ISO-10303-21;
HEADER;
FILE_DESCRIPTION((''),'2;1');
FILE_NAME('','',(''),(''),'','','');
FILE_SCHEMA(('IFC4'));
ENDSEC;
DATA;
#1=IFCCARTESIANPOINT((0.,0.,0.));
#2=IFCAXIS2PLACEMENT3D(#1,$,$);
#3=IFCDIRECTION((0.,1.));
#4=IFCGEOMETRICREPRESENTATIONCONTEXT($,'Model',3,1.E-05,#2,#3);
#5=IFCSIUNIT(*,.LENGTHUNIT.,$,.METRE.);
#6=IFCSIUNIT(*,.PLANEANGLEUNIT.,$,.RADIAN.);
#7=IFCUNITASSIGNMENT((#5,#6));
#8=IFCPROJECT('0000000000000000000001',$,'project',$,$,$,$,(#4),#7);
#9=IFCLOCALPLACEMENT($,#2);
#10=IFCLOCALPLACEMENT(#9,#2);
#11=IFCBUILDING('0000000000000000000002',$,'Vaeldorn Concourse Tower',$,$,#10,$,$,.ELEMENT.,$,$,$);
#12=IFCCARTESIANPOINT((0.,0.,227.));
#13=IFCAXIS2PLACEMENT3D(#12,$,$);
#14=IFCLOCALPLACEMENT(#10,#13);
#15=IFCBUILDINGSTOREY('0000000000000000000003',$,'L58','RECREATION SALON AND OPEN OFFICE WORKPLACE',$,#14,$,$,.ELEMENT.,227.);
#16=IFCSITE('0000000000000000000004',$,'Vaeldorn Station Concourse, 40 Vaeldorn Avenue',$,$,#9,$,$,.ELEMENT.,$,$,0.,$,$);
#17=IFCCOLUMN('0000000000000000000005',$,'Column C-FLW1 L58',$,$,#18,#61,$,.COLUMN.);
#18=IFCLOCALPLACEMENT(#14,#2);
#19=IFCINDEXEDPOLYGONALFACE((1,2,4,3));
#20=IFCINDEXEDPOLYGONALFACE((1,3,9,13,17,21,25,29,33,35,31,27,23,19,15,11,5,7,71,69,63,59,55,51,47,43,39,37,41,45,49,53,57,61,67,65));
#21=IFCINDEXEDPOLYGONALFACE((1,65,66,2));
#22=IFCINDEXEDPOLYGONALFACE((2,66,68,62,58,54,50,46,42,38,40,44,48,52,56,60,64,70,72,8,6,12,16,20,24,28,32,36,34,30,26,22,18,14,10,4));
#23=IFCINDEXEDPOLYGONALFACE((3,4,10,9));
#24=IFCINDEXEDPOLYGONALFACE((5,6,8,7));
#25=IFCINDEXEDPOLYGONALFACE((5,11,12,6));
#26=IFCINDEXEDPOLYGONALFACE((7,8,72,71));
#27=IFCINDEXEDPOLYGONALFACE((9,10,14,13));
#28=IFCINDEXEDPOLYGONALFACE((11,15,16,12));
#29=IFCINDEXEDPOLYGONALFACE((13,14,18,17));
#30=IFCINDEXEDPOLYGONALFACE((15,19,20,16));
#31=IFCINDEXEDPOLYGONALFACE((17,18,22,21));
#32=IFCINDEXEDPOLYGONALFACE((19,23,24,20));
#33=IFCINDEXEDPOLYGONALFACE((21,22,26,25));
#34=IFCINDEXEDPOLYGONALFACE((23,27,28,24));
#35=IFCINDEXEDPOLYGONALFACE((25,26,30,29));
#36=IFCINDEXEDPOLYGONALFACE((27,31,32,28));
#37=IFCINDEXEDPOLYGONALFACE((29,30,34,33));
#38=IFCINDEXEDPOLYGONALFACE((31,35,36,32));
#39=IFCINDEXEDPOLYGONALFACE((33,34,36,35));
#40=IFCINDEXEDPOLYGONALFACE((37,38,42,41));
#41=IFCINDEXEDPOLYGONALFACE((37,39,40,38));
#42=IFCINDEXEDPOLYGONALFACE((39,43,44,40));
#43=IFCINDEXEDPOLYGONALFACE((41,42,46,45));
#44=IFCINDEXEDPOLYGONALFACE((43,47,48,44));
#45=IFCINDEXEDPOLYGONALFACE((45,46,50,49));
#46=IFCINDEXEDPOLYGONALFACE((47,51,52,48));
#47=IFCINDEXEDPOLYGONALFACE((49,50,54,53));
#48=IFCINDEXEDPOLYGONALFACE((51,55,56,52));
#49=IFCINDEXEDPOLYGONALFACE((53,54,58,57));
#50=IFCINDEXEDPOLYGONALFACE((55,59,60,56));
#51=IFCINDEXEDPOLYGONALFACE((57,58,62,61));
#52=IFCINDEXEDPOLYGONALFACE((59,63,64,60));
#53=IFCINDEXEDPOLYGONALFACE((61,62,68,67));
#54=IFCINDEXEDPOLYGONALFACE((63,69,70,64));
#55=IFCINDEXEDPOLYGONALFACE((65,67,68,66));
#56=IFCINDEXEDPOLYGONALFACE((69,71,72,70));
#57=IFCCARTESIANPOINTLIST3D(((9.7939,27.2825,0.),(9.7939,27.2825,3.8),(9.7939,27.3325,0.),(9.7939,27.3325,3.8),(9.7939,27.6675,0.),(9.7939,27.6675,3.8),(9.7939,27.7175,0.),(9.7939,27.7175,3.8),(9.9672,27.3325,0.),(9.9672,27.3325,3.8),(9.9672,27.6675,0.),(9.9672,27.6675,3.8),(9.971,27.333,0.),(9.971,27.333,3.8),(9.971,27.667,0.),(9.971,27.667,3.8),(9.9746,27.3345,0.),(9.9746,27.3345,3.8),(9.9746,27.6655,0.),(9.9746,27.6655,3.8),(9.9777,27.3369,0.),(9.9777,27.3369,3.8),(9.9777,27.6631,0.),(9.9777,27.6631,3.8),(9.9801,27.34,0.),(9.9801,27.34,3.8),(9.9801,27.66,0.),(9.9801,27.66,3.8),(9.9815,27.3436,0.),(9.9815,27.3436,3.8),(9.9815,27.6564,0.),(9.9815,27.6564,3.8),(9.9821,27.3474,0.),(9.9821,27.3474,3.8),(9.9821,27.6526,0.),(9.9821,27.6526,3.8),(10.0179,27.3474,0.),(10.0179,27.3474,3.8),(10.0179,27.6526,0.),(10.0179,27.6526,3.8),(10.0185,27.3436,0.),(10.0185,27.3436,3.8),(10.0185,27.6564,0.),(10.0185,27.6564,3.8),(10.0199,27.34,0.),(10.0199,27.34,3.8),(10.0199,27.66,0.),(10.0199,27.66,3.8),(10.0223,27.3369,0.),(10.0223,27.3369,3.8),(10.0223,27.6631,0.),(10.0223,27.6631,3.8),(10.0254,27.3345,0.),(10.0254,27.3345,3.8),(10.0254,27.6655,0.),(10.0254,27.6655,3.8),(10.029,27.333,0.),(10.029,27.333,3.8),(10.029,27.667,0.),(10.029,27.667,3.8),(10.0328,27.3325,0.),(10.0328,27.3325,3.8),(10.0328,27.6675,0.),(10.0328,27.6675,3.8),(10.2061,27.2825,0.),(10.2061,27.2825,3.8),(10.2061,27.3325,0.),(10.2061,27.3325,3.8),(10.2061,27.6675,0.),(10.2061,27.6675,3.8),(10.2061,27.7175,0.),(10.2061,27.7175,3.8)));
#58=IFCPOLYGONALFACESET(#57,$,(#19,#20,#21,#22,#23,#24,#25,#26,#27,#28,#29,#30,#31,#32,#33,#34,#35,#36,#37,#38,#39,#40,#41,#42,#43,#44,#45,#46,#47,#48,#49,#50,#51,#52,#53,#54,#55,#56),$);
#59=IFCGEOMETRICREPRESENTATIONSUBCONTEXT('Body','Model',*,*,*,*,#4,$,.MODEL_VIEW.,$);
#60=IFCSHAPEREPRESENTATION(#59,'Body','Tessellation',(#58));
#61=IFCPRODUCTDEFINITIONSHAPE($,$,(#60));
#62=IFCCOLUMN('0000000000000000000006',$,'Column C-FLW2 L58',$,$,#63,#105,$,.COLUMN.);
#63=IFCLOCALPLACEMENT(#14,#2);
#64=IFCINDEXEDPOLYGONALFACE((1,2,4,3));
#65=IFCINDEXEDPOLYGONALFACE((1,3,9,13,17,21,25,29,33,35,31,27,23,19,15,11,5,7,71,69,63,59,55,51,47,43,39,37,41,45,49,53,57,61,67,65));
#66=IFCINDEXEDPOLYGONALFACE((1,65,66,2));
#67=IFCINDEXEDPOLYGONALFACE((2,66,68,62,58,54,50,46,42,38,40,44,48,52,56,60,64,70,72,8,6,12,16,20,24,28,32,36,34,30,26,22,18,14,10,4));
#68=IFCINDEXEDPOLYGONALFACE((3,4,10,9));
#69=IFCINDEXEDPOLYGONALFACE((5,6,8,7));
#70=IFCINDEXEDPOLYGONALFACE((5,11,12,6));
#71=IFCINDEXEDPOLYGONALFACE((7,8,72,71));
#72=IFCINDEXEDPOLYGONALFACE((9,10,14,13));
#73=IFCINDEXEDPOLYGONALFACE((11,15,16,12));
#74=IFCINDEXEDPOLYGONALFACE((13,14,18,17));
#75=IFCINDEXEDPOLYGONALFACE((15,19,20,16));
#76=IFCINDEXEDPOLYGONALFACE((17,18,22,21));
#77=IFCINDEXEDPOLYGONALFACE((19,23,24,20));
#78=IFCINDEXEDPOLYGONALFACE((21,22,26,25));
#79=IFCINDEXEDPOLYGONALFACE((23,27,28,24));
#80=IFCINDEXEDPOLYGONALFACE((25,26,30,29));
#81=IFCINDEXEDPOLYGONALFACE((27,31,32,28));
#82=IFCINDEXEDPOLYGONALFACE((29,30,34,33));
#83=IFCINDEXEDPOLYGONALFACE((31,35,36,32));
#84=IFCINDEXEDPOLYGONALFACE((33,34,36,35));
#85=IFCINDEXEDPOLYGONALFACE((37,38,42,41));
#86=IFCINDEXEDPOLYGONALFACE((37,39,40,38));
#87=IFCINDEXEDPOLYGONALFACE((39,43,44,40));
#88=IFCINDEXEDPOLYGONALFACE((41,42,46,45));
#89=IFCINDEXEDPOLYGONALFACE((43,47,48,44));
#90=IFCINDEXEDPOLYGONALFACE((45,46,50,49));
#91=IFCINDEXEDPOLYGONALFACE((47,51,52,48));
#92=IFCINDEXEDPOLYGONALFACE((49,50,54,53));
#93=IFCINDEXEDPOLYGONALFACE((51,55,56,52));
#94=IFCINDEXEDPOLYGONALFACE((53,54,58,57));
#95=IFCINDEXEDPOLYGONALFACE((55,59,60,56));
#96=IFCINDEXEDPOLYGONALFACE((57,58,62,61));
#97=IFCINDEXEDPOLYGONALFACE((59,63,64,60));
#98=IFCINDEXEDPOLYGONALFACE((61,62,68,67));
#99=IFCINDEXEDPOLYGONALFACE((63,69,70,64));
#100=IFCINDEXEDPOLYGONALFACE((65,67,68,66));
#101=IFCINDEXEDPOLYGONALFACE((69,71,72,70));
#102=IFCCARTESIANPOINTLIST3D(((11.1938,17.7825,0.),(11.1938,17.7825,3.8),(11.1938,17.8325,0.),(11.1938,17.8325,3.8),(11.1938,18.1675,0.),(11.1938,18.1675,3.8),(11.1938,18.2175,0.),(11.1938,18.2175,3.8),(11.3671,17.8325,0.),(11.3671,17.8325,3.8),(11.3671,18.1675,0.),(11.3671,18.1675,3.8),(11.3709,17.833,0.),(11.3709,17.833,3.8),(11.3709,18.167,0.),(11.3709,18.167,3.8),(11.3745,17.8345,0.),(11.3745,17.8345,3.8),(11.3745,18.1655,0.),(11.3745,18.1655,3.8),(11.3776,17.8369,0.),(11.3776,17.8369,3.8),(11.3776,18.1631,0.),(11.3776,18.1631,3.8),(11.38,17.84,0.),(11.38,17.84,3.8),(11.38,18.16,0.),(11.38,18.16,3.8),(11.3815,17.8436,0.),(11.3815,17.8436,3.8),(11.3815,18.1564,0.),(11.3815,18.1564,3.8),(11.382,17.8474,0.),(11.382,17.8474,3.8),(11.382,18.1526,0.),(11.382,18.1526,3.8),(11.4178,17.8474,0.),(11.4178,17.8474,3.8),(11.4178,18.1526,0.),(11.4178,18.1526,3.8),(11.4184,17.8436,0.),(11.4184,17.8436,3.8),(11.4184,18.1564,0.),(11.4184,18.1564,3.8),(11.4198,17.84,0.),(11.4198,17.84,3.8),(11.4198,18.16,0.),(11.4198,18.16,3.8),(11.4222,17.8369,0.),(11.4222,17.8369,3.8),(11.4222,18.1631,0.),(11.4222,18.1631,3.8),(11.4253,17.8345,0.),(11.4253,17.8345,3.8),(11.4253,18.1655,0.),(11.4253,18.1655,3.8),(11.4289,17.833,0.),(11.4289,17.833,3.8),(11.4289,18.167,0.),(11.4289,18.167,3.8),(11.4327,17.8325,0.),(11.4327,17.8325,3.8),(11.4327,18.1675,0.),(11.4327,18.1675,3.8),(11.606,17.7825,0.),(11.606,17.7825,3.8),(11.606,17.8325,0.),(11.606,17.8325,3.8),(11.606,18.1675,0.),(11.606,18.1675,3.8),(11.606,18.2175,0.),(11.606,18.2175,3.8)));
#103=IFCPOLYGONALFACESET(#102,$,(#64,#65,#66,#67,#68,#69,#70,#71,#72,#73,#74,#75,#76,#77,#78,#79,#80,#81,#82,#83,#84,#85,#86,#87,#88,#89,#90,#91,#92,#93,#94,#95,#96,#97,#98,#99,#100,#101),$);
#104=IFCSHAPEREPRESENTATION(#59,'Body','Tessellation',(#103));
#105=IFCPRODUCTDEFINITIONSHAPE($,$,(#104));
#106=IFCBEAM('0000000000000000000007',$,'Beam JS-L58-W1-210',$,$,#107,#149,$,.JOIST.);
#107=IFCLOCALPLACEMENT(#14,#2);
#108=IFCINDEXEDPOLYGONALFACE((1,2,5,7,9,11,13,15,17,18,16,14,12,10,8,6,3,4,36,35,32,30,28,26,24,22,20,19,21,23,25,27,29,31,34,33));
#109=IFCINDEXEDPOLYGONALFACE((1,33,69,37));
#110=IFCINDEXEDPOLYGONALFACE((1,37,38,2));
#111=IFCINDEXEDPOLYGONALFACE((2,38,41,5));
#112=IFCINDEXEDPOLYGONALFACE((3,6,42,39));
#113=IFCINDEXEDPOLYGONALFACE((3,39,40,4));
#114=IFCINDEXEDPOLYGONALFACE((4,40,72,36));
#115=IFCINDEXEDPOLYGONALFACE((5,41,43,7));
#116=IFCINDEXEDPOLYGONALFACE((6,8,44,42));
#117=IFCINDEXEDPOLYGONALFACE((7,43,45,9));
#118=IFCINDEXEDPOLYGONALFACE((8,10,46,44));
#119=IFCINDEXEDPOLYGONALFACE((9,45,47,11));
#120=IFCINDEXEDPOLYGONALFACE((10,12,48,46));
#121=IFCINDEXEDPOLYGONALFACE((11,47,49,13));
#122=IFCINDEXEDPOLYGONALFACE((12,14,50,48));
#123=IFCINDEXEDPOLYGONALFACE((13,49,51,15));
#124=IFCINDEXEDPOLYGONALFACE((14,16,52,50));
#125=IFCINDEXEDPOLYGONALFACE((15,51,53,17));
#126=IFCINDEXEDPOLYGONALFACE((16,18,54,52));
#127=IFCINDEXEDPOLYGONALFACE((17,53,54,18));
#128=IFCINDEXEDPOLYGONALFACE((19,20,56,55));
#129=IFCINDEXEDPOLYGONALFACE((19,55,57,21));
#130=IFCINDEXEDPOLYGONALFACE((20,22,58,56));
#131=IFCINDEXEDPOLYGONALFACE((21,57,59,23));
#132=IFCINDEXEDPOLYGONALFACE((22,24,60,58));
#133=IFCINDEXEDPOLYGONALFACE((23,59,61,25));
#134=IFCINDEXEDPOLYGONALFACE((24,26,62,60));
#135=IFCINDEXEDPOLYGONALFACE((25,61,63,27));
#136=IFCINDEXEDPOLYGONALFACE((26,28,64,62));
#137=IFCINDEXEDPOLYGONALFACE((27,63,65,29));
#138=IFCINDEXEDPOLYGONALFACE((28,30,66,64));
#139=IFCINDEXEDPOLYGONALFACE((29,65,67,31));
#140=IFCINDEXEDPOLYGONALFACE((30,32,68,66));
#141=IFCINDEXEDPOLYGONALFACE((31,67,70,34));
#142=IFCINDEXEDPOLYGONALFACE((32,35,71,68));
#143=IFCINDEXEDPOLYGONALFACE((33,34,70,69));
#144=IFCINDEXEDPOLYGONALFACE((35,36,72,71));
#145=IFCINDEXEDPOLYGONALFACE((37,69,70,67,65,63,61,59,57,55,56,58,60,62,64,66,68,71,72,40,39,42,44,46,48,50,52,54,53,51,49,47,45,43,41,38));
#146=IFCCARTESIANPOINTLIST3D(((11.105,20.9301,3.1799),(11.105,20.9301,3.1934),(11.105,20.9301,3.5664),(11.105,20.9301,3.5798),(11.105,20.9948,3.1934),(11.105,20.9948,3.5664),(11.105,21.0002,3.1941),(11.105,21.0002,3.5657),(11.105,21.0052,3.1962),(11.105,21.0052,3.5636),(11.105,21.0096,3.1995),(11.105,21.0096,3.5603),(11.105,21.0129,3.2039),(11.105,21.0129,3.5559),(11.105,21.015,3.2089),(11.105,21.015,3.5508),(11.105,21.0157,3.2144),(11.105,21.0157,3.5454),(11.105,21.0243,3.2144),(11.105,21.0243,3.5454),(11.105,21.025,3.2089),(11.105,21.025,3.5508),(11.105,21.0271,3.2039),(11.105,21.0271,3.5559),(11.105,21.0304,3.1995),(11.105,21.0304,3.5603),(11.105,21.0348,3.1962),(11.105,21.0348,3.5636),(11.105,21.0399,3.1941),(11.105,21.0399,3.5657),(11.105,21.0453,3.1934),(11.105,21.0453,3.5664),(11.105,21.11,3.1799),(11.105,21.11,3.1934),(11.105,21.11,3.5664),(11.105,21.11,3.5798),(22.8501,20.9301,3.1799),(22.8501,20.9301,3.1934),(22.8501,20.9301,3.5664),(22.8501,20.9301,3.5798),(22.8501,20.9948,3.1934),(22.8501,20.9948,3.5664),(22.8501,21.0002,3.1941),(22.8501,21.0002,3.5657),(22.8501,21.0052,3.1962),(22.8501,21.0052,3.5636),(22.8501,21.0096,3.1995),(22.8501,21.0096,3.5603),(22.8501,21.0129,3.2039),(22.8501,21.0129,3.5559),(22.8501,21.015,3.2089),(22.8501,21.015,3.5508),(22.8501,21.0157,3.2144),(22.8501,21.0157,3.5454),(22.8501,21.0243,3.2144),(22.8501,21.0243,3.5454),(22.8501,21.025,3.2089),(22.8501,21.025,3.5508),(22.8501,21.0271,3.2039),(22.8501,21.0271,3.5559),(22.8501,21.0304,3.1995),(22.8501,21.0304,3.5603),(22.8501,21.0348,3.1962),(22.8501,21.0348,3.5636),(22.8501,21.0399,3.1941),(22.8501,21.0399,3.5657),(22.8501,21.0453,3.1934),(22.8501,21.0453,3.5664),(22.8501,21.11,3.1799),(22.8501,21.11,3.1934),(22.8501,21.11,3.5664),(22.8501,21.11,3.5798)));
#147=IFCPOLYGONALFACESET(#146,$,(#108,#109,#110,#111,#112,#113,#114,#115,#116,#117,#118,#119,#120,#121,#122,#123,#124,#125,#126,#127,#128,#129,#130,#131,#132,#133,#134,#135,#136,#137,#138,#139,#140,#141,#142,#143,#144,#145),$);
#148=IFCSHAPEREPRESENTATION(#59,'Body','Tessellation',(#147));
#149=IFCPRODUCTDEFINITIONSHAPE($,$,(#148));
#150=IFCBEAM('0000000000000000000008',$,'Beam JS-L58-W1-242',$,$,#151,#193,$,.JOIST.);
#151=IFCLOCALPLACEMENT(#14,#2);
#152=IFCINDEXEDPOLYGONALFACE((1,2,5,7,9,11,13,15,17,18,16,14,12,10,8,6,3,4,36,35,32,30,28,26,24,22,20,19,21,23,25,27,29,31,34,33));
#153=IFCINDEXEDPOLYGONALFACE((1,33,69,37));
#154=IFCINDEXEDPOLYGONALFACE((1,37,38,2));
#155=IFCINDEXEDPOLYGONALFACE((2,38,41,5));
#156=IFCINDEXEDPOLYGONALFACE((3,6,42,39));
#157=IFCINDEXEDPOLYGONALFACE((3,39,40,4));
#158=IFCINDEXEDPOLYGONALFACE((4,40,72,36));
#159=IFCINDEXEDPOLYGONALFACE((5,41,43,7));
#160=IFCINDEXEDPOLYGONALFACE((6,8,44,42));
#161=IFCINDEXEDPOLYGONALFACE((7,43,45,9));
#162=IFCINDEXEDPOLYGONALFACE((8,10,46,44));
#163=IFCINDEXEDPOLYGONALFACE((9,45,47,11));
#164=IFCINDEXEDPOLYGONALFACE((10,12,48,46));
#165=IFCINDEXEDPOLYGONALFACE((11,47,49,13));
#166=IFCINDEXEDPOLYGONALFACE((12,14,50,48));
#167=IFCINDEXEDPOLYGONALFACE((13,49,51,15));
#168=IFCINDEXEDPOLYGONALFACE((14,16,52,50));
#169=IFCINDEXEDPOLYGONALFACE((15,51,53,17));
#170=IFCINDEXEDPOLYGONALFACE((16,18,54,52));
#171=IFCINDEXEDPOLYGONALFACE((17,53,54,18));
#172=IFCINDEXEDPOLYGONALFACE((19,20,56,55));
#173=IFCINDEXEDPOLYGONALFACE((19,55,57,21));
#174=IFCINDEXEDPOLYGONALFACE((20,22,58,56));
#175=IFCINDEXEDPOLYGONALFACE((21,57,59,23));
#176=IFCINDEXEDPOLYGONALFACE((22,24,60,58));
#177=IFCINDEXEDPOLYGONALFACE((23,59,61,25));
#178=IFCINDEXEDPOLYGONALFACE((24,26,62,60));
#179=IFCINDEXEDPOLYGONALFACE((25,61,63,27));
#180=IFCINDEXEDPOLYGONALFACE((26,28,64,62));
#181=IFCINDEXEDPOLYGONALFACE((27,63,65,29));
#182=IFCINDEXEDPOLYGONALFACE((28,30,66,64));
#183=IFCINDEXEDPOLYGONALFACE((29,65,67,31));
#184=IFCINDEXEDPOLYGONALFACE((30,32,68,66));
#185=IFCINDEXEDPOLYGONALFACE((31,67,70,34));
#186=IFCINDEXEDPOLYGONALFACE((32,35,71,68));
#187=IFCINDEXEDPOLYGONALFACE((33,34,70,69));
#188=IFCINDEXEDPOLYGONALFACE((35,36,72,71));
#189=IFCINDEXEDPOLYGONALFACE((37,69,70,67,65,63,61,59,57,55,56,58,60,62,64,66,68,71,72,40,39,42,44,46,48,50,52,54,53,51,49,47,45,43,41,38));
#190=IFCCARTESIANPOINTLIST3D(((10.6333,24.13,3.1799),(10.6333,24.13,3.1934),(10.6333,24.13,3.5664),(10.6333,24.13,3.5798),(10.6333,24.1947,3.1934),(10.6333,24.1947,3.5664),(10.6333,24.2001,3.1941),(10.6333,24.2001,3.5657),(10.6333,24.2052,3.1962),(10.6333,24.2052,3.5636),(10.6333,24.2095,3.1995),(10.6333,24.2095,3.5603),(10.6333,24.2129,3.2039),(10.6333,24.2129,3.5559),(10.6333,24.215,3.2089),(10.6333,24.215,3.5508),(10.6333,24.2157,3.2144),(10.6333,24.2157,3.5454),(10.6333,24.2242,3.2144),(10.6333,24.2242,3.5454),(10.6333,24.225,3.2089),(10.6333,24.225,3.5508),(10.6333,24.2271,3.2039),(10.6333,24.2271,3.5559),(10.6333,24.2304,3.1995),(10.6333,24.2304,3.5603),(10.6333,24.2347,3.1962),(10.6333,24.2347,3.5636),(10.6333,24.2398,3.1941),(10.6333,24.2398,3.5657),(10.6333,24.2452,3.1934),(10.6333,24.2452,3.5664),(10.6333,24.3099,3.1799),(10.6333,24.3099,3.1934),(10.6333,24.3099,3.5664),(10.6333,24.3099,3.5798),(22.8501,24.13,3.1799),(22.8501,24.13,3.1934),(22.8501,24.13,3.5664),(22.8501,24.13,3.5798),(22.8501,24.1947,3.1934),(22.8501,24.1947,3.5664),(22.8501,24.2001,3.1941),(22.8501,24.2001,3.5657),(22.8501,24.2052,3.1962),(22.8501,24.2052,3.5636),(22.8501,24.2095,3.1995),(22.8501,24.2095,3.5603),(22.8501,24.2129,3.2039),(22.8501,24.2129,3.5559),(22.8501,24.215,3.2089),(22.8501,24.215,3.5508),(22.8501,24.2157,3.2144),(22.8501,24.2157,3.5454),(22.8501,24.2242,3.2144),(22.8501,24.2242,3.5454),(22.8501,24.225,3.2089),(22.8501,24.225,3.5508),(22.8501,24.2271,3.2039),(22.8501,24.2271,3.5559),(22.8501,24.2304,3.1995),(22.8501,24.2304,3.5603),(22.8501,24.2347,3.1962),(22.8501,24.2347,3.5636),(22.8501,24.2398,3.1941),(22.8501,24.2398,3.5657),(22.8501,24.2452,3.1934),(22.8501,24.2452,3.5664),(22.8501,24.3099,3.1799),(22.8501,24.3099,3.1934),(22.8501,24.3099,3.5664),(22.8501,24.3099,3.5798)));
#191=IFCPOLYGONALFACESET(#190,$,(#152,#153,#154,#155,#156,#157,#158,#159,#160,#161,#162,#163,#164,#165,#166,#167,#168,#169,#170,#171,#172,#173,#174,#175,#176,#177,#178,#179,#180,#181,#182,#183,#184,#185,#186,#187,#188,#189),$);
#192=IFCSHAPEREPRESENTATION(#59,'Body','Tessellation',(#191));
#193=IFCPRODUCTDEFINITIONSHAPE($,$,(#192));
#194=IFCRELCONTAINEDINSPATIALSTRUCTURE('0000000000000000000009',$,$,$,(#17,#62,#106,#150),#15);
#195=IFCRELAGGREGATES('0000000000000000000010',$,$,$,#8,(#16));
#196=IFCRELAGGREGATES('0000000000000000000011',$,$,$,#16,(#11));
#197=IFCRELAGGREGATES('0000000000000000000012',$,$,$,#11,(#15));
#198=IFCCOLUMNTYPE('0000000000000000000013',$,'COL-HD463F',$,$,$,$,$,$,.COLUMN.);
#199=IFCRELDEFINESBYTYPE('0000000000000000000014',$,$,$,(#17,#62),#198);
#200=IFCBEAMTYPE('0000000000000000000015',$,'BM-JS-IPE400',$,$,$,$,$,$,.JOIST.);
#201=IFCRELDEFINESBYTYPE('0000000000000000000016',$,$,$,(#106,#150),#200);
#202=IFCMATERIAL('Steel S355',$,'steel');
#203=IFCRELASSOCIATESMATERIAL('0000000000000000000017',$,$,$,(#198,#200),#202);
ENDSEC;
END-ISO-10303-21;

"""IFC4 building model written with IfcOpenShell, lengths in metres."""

from ifc_helpers import new_model, si_unit, direction, frame, origin, origin_2d, place, context, subcontext, project, spatial, i_section, extrude, source, transform, mapped, material, material_profile, profile_set, type_object, element, save


model = new_model("IFC4")

# Units and contexts
model_context = context("Model", 3, precision=1e-05, world=origin(), true_north=direction((0.0, 1.0)))
body_context = subcontext(model_context, "Body", "Model", "MODEL_VIEW")
ifc_project = project(units=[si_unit("LENGTHUNIT", "METRE"), si_unit("PLANEANGLEUNIT", "RADIAN")], contexts=[model_context])

# Site, building, storey
site_placement = place(None, origin())
site = spatial("IfcSite", under=ifc_project, at=site_placement, Name="Vaeldorn Station Concourse, 40 Vaeldorn Avenue", CompositionType="ELEMENT", RefElevation=0.0)
building_placement = place(site_placement, origin())
building = spatial("IfcBuilding", under=site, at=building_placement, Name="Vaeldorn Concourse Tower", CompositionType="ELEMENT")
storey_placement = place(building_placement, frame((0.0, 0.0, 227.0)))
storey = spatial("IfcBuildingStorey", under=building, at=storey_placement, Name="L58", Description="RECREATION SALON AND OPEN OFFICE WORKPLACE", CompositionType="ELEMENT", Elevation=227.0)

# Columns
ifc_material_1 = material(Name="Steel S355", Category="steel")
ifc_material_profile_1 = material_profile(ifc_material_1, i_section(OverallWidth=0.4121, OverallDepth=0.4351, WebThickness=0.0359, FlangeThickness=0.05, FilletRadius=0.0149, at=origin_2d()), Name="HD 400x463")
ifc_profile_set_1 = profile_set([ifc_material_profile_1], Name="Steel S355")
column_type = type_object("IfcColumnType", Name="COL-HD463F", PredefinedType="COLUMN", material=ifc_profile_set_1)
shared_shape_1 = source(origin(), body_context, "Body", "SweptSolid", [
    extrude(i_section(OverallWidth=0.4121, OverallDepth=0.4351, WebThickness=0.0359, FlangeThickness=0.05, FilletRadius=0.0149, at=origin_2d()), origin(), (0.0, 0.0, 1.0), 3.8),
])
for number, where, z_axis, x_axis, name in (
    (1, (10.0, 27.5, 0.0), (0.0, 0.0, 1.0), (1.0, 0.0, 0.0), "Column C-FLW1 L58"),
    (2, (11.3999, 18.0, 0.0), (0.0, 0.0, 1.0), (1.0, 0.0, 0.0), "Column C-FLW2 L58"),
):
    element("IfcColumn", number, at=place(storey_placement, frame(where, z_axis=z_axis, x_axis=x_axis)), inside=storey, type_object=column_type, Name=name, PredefinedType="COLUMN", context=body_context, shape_type="MappedRepresentation", body=[
        mapped(shared_shape_1, transform((0.0, 0.0, 0.0), scale=1.0)),
    ])

# Beams
ifc_material_profile_2 = material_profile(ifc_material_1, i_section(OverallWidth=0.1799, OverallDepth=0.3999, WebThickness=0.0085, FlangeThickness=0.0134, FilletRadius=0.021, at=origin_2d()), Name="IPE 400")
ifc_profile_set_2 = profile_set([ifc_material_profile_2], Name="Steel S355")
beam_type_1 = type_object("IfcBeamType", Name="BM-JS-IPE400", PredefinedType="JOIST", material=ifc_profile_set_2)
shared_shape_2 = source(origin(), body_context, "Body", "SweptSolid", [
    extrude(i_section(OverallWidth=0.1799, OverallDepth=0.3999, WebThickness=0.0085, FlangeThickness=0.0134, FilletRadius=0.021, at=origin_2d()), origin(), (0.0, 0.0, 1.0), 11.7451),
])
beam_1_placement = place(storey_placement, frame((11.105, 21.02, 3.3799), z_axis=(1.0, 0.0, 0.0), x_axis=(0.0, 1.0, 0.0)))
element("IfcBeam", 3, at=beam_1_placement, inside=storey, type_object=beam_type_1, Name="Beam JS-L58-W1-210", PredefinedType="JOIST", context=body_context, shape_type="MappedRepresentation", body=[
    mapped(shared_shape_2, transform((0.0, 0.0, 0.0), scale=1.0)),
])
shared_shape_3 = source(origin(), body_context, "Body", "SweptSolid", [
    extrude(i_section(OverallWidth=0.1799, OverallDepth=0.3999, WebThickness=0.0085, FlangeThickness=0.0134, FilletRadius=0.021, at=origin_2d()), origin(), (0.0, 0.0, 1.0), 12.2168),
])
beam_2_placement = place(storey_placement, frame((10.6333, 24.22, 3.3799), z_axis=(1.0, 0.0, 0.0), x_axis=(0.0, 1.0, 0.0)))
element("IfcBeam", 4, at=beam_2_placement, inside=storey, type_object=beam_type_1, Name="Beam JS-L58-W1-242", PredefinedType="JOIST", context=body_context, shape_type="MappedRepresentation", body=[
    mapped(shared_shape_3, transform((0.0, 0.0, 0.0), scale=1.0)),
])

save(model, "model.ifc")
